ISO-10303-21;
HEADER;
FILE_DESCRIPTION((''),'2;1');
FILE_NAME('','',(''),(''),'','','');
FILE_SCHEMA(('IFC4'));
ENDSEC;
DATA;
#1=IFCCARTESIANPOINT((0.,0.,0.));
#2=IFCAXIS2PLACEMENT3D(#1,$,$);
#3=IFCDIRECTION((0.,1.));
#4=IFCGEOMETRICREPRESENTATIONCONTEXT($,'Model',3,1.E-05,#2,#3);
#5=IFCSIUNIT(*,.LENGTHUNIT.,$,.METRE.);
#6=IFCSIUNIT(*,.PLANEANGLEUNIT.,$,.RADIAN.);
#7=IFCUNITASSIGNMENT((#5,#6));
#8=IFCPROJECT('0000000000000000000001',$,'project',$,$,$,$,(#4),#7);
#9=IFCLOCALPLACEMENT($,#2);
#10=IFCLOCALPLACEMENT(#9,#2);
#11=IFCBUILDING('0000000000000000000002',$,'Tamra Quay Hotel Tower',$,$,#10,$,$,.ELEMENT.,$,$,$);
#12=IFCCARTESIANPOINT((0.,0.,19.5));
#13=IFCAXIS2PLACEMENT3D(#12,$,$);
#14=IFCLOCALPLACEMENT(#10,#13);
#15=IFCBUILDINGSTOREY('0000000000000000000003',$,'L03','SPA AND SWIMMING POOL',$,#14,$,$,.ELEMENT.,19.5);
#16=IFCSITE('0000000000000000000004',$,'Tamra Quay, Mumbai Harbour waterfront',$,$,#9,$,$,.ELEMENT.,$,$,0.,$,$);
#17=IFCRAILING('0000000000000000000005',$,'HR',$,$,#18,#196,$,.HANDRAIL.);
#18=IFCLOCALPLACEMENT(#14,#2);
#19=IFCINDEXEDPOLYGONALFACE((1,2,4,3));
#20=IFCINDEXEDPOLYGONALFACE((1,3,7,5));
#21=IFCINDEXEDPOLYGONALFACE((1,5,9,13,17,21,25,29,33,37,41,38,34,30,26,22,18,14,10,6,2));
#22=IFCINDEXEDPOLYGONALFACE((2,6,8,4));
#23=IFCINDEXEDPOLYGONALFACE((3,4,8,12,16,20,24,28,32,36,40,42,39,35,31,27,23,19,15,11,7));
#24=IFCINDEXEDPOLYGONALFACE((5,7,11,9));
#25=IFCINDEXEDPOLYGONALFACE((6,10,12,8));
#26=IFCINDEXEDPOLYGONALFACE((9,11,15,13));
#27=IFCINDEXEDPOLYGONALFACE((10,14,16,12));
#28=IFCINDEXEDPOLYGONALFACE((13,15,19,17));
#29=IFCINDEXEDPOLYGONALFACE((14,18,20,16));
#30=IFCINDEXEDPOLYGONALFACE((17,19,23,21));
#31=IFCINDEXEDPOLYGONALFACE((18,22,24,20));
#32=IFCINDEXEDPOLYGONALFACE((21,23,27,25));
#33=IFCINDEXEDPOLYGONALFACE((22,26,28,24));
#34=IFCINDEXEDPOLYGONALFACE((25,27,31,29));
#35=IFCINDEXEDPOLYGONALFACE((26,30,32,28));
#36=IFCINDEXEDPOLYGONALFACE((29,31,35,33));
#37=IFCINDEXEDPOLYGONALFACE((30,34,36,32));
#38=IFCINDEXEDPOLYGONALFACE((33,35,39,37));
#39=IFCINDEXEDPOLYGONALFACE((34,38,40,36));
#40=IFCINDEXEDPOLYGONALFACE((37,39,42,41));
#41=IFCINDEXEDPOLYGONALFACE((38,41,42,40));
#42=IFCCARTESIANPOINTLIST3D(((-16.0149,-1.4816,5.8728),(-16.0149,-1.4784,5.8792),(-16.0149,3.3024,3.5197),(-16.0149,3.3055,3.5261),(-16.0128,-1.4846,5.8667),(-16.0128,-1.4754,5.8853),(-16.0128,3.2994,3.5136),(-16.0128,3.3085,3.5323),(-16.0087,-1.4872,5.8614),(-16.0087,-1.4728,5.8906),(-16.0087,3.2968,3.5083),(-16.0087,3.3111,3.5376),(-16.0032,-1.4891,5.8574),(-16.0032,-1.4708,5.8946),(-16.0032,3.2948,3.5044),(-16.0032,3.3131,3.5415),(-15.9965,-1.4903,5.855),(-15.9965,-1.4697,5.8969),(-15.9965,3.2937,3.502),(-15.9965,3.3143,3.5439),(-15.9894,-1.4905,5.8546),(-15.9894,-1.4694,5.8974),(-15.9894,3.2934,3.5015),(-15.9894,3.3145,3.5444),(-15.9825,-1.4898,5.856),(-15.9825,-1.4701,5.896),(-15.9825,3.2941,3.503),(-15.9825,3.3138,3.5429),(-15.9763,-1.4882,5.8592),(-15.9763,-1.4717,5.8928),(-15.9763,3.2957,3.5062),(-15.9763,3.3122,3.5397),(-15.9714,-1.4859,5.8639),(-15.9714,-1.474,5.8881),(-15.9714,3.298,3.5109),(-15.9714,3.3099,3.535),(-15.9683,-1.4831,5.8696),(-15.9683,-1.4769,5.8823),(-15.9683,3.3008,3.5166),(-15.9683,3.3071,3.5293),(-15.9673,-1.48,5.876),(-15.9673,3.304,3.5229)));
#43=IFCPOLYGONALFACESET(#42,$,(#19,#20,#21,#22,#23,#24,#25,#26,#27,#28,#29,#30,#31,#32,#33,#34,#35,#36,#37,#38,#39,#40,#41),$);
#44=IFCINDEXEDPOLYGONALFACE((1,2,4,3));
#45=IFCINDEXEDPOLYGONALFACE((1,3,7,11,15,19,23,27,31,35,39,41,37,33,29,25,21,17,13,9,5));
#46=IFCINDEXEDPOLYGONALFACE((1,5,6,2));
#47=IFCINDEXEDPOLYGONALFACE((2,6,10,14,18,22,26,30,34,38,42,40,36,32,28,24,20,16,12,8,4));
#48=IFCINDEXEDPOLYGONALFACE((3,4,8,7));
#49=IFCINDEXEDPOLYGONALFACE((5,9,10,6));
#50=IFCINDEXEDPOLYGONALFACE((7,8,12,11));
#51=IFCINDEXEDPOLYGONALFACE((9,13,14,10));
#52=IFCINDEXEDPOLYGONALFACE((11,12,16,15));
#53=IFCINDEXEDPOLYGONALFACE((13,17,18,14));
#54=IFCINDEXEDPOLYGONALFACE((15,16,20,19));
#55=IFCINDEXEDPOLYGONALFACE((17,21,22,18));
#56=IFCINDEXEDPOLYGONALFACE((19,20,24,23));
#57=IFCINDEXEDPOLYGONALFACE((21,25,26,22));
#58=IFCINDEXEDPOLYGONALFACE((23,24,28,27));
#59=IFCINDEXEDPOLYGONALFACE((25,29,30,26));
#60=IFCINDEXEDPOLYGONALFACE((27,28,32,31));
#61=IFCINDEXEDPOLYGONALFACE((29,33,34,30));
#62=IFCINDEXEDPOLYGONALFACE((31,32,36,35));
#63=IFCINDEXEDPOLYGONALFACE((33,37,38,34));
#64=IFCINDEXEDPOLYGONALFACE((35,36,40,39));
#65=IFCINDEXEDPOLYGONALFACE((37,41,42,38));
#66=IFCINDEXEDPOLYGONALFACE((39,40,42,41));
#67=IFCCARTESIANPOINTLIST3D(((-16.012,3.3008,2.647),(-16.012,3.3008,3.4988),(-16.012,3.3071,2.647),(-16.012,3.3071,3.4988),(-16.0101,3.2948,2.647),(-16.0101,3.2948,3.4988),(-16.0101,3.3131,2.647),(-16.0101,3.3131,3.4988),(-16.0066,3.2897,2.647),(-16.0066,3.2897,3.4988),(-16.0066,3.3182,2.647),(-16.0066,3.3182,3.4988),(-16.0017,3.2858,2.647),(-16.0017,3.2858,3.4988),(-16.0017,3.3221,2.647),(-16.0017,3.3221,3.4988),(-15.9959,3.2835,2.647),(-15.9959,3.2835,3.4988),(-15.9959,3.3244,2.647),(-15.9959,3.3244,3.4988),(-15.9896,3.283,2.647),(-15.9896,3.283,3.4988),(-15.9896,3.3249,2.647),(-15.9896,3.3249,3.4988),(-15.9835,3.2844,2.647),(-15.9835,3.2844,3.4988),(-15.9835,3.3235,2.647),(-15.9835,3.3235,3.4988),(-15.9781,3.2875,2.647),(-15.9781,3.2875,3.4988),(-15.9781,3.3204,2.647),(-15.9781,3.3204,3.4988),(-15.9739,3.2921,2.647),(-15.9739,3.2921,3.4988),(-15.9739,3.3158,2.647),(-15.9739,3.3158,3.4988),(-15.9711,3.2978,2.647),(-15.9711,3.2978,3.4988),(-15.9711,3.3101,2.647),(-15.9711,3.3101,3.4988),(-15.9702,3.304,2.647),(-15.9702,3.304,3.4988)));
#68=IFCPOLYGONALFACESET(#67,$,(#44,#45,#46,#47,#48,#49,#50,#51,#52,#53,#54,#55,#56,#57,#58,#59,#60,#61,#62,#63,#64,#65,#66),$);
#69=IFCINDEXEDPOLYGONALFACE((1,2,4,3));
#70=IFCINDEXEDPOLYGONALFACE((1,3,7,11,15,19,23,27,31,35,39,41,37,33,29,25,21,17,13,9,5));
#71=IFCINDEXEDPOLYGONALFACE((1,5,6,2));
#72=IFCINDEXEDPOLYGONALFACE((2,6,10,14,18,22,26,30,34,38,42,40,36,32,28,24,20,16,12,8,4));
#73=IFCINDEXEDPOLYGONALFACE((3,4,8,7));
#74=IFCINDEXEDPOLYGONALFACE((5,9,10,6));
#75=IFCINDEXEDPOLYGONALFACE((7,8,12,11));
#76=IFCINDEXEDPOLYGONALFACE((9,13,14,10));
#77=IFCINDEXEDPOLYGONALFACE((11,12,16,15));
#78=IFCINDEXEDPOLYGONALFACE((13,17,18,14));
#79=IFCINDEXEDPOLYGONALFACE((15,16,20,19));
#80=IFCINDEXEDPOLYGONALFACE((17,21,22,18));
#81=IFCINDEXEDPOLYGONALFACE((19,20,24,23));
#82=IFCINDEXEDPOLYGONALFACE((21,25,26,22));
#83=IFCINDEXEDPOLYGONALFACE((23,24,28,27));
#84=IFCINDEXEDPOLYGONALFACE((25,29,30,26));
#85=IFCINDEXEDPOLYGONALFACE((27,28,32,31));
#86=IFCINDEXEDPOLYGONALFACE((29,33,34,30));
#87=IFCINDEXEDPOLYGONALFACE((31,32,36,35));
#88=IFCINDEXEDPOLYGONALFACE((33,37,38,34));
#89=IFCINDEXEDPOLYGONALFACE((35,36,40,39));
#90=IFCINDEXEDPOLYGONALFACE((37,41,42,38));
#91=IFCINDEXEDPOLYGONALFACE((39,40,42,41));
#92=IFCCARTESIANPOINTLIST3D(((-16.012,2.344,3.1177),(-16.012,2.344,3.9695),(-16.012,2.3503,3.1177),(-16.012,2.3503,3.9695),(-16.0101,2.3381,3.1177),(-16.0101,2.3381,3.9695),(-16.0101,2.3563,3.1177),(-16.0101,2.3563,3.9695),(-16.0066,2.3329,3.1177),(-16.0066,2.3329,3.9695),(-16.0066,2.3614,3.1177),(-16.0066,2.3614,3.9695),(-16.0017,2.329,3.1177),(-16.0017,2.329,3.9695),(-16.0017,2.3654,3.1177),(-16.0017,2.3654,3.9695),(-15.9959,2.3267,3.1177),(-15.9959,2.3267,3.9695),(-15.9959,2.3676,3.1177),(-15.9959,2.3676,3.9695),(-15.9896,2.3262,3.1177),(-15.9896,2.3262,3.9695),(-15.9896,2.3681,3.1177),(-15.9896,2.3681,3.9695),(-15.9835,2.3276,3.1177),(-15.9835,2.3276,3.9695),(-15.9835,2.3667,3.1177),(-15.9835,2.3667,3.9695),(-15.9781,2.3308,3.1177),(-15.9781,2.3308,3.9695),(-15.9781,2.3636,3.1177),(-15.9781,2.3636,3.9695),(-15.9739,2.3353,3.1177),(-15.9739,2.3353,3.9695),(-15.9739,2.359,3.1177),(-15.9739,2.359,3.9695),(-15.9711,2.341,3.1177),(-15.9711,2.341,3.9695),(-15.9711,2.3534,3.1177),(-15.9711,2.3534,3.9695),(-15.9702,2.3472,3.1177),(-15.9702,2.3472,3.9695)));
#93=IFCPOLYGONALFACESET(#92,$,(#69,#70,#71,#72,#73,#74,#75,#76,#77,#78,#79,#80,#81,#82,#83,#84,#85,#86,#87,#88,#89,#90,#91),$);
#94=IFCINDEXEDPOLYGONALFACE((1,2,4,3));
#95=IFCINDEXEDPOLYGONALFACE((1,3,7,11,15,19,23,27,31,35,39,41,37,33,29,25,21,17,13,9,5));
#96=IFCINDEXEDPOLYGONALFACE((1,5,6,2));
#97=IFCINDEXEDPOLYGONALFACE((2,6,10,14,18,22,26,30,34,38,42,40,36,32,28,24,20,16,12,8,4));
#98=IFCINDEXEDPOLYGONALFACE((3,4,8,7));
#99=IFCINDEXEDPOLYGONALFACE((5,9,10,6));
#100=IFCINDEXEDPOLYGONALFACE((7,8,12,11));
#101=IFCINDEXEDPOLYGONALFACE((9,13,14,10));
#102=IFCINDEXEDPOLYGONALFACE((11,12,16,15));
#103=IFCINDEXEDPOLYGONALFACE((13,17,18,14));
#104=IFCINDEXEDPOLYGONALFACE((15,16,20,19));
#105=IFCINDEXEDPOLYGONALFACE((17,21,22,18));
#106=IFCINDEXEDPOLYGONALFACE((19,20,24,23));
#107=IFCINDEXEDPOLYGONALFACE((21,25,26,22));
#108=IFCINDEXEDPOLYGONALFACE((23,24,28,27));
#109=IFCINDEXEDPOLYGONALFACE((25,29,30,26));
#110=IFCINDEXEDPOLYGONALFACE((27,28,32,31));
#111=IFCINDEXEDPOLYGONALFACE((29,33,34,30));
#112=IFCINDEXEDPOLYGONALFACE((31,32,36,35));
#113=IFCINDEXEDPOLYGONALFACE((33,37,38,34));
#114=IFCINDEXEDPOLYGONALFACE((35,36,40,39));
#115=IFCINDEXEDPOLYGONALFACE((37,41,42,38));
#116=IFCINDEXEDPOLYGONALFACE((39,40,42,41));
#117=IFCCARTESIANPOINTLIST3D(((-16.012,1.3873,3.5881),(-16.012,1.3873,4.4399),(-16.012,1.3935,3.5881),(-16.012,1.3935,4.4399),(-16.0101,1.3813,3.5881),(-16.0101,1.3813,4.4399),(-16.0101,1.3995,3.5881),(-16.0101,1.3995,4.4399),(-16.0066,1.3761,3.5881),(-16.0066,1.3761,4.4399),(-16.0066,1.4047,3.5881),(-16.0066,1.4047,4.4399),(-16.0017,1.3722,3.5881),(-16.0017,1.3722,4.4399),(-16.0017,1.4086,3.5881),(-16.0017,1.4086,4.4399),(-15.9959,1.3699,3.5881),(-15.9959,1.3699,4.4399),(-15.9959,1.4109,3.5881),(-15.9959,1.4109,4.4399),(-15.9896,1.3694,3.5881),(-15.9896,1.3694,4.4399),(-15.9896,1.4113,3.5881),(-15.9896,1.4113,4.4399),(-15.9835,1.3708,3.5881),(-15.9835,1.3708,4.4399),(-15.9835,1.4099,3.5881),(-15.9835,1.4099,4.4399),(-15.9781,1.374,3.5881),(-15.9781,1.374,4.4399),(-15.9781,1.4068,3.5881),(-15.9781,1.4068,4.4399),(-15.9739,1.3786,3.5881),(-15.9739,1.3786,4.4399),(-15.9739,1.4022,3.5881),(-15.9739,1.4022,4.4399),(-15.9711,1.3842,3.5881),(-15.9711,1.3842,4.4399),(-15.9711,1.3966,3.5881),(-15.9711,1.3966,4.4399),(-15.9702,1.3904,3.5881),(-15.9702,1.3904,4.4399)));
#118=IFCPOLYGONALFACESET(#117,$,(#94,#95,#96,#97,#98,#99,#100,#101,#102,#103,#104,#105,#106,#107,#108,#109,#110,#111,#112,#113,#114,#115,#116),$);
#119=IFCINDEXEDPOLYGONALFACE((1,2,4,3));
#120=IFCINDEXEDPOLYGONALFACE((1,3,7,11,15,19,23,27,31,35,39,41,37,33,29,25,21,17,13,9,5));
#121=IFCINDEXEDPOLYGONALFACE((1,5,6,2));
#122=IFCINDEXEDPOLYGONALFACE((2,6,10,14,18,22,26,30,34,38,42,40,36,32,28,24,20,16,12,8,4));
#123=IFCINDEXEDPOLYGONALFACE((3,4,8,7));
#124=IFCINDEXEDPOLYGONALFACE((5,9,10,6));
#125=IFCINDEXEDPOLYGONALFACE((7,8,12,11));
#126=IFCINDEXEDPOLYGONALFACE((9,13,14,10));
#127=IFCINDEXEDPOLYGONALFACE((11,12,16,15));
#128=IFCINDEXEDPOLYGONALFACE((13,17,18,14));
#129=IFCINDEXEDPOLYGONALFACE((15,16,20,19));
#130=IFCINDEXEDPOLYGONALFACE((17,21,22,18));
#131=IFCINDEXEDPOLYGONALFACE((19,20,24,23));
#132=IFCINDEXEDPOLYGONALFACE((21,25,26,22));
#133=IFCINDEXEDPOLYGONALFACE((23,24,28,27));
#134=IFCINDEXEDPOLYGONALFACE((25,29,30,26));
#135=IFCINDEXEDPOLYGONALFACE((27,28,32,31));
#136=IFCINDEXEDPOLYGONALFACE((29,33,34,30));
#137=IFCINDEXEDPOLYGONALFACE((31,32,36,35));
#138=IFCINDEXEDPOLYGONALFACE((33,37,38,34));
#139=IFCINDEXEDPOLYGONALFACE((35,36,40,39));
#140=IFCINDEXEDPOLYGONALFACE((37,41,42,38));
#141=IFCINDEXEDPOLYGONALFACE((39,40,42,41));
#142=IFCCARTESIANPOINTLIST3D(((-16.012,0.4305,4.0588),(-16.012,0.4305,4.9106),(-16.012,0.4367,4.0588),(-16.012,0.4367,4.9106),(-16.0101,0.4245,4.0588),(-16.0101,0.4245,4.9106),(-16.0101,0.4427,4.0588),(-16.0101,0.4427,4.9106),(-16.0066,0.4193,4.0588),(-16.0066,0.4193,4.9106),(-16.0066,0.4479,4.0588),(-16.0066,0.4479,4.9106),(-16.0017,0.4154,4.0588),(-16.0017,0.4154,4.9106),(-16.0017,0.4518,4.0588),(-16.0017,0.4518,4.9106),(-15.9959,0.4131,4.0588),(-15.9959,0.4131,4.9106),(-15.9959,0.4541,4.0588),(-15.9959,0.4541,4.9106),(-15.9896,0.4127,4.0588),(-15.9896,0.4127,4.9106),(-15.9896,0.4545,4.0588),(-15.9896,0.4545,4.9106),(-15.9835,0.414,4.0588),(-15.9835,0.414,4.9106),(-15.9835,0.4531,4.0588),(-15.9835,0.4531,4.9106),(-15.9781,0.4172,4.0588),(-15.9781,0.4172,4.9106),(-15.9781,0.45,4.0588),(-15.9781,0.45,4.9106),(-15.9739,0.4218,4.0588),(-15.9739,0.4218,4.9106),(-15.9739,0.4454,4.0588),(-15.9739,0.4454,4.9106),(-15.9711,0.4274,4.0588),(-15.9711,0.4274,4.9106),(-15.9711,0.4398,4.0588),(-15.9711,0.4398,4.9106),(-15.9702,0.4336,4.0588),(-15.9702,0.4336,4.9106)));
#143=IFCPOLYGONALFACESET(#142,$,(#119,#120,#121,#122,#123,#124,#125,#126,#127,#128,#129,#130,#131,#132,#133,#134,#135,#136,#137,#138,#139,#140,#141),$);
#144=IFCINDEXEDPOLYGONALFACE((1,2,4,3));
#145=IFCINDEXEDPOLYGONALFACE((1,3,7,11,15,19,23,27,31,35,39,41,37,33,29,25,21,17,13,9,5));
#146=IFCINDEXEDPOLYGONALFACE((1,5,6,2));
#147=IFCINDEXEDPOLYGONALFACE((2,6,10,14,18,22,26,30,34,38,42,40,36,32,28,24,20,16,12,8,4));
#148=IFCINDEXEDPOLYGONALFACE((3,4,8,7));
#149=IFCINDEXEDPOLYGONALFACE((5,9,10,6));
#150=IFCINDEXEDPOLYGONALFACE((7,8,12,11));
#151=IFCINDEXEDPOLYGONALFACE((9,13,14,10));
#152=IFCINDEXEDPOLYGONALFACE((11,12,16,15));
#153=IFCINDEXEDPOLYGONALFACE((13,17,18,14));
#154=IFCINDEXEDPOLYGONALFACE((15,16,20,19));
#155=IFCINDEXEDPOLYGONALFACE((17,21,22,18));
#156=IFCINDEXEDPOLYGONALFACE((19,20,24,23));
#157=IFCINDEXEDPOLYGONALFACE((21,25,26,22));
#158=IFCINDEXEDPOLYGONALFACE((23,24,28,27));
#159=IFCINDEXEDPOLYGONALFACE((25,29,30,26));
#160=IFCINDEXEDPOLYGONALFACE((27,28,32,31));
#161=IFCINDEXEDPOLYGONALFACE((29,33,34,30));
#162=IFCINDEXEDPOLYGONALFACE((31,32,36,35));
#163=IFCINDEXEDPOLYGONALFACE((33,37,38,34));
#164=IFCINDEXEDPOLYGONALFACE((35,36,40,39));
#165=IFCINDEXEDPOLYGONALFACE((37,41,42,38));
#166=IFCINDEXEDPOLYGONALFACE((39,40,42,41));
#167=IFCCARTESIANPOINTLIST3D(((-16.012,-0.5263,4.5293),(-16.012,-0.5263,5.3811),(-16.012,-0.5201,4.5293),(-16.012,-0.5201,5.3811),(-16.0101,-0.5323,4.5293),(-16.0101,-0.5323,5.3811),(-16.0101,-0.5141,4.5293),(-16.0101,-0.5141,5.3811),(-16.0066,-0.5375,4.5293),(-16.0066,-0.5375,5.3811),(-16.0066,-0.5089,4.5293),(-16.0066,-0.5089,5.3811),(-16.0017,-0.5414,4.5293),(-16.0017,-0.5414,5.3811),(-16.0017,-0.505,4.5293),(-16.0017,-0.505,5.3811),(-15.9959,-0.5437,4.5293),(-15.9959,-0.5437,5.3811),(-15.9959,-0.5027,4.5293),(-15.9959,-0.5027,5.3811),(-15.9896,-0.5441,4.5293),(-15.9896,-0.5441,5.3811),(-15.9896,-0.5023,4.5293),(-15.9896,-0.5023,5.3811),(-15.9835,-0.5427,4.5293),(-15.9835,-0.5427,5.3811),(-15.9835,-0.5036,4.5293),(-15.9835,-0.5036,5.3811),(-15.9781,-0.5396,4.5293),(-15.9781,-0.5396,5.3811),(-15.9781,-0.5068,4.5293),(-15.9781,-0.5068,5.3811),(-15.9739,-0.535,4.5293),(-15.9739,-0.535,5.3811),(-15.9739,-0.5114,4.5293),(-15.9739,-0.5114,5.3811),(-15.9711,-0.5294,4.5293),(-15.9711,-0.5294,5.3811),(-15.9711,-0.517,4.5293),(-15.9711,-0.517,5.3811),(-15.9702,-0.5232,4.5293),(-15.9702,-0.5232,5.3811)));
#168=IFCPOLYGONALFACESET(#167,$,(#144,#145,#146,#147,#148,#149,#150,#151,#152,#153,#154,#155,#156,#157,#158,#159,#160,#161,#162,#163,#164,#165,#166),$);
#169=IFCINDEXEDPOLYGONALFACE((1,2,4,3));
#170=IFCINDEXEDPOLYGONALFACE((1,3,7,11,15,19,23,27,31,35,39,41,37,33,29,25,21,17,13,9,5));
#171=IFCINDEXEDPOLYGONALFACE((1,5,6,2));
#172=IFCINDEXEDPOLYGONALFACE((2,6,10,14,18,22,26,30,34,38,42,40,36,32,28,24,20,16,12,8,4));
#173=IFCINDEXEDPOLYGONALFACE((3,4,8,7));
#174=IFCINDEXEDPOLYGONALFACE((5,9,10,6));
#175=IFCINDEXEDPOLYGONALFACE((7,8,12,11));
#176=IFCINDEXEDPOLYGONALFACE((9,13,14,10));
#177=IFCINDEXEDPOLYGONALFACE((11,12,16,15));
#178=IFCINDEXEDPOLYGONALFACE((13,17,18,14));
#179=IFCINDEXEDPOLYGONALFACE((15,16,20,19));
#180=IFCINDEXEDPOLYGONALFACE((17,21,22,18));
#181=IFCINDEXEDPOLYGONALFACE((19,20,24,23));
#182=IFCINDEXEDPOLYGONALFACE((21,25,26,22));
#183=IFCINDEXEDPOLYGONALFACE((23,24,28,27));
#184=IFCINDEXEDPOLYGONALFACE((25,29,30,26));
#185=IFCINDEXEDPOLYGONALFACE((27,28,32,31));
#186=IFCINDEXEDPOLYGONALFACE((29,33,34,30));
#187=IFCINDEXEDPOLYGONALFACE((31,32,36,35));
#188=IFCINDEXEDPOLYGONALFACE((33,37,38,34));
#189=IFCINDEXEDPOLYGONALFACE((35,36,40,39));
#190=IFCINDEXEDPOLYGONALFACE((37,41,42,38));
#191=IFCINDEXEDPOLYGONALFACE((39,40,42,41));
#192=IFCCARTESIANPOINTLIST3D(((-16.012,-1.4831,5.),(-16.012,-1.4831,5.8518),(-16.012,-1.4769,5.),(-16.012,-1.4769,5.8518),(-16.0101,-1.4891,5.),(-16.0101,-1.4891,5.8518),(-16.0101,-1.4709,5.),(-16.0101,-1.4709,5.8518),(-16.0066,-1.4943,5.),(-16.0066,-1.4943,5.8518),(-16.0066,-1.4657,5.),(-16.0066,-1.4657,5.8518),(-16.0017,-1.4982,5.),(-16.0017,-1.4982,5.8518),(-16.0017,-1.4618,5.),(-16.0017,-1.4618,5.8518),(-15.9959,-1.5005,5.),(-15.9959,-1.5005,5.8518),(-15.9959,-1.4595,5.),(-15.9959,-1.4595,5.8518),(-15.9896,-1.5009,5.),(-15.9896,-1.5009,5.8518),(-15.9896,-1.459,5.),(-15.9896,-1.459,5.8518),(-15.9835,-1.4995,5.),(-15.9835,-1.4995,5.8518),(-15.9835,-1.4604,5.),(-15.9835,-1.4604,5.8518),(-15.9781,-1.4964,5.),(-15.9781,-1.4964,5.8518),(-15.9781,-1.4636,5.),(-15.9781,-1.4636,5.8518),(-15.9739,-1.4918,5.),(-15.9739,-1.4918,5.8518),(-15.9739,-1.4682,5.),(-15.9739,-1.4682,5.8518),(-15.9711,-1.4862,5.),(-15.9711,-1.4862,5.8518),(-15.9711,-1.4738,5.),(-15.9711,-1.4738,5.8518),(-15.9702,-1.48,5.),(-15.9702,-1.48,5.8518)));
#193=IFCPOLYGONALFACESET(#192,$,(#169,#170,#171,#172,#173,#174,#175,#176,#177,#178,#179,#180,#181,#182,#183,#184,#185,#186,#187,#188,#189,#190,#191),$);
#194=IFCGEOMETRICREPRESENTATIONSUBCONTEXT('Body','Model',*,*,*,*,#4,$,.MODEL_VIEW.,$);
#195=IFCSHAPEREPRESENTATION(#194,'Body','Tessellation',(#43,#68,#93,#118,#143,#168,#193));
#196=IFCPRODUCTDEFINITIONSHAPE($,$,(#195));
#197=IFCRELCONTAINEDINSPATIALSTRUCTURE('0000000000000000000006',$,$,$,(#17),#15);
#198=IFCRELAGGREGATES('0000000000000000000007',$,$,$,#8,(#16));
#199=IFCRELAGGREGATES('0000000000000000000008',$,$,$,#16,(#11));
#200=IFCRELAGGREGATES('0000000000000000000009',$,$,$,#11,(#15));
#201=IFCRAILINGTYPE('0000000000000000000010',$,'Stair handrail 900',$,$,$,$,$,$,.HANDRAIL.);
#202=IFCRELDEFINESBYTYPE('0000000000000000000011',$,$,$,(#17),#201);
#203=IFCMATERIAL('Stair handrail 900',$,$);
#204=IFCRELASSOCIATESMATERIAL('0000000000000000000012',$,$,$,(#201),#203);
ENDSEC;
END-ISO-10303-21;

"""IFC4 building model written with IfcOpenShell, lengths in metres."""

from ifc_helpers import new_model, si_unit, direction, frame, origin, origin_2d, place, context, subcontext, project, spatial, circle, extrude, material, type_object, element, save


model = new_model("IFC4")

# Units and contexts
model_context = context("Model", 3, precision=1e-05, world=origin(), true_north=direction((0.0, 1.0)))
body_context = subcontext(model_context, "Body", "Model", "MODEL_VIEW")
ifc_project = project(units=[si_unit("LENGTHUNIT", "METRE"), si_unit("PLANEANGLEUNIT", "RADIAN")], contexts=[model_context])

# Site, building, storey
site_placement = place(None, origin())
site = spatial("IfcSite", under=ifc_project, at=site_placement, Name="Tamra Quay, Mumbai Harbour waterfront", CompositionType="ELEMENT", RefElevation=0.0)
building_placement = place(site_placement, origin())
building = spatial("IfcBuilding", under=site, at=building_placement, Name="Tamra Quay Hotel Tower", CompositionType="ELEMENT")
storey_placement = place(building_placement, frame((0.0, 0.0, 19.5)))
storey = spatial("IfcBuildingStorey", under=building, at=storey_placement, Name="L03", Description="SPA AND SWIMMING POOL", CompositionType="ELEMENT", Elevation=19.5)

# Railing
ifc_material_1 = material(Name="Stair handrail 900")
railing_type_1 = type_object("IfcRailingType", Name="Stair handrail 900", PredefinedType="HANDRAIL", material=ifc_material_1)
railing_1_placement = place(storey_placement, frame((-15.9912, 3.304, 2.647)))
element("IfcRailing", 1, at=railing_1_placement, inside=storey, type_object=railing_type_1, Name="HR", PredefinedType="HANDRAIL", context=body_context, shape_type="SweptSolid", body=[
    extrude(circle(Radius=0.0239, at=origin_2d()), frame((0.0, 0.0, 0.876), z_axis=(0.0, -0.89733, 0.441361), x_axis=(1.0, 0.0, 0.0)), (0.0, 0.0, 1.0), 5.3313),
    extrude(circle(Radius=0.021, at=origin_2d()), origin(), (0.0, 0.0, 1.0), 0.8518),
    extrude(circle(Radius=0.021, at=origin_2d()), frame((0.0, -0.9568, 0.4707)), (0.0, 0.0, 1.0), 0.8518),
    extrude(circle(Radius=0.021, at=origin_2d()), frame((0.0, -1.9136, 0.9412)), (0.0, 0.0, 1.0), 0.8518),
    extrude(circle(Radius=0.021, at=origin_2d()), frame((0.0, -2.8704, 1.4119)), (0.0, 0.0, 1.0), 0.8518),
    extrude(circle(Radius=0.021, at=origin_2d()), frame((0.0, -3.8271, 1.8823)), (0.0, 0.0, 1.0), 0.8518),
    extrude(circle(Radius=0.021, at=origin_2d()), frame((0.0, -4.7839, 2.353)), (0.0, 0.0, 1.0), 0.8518),
])

save(model, "model.ifc")
